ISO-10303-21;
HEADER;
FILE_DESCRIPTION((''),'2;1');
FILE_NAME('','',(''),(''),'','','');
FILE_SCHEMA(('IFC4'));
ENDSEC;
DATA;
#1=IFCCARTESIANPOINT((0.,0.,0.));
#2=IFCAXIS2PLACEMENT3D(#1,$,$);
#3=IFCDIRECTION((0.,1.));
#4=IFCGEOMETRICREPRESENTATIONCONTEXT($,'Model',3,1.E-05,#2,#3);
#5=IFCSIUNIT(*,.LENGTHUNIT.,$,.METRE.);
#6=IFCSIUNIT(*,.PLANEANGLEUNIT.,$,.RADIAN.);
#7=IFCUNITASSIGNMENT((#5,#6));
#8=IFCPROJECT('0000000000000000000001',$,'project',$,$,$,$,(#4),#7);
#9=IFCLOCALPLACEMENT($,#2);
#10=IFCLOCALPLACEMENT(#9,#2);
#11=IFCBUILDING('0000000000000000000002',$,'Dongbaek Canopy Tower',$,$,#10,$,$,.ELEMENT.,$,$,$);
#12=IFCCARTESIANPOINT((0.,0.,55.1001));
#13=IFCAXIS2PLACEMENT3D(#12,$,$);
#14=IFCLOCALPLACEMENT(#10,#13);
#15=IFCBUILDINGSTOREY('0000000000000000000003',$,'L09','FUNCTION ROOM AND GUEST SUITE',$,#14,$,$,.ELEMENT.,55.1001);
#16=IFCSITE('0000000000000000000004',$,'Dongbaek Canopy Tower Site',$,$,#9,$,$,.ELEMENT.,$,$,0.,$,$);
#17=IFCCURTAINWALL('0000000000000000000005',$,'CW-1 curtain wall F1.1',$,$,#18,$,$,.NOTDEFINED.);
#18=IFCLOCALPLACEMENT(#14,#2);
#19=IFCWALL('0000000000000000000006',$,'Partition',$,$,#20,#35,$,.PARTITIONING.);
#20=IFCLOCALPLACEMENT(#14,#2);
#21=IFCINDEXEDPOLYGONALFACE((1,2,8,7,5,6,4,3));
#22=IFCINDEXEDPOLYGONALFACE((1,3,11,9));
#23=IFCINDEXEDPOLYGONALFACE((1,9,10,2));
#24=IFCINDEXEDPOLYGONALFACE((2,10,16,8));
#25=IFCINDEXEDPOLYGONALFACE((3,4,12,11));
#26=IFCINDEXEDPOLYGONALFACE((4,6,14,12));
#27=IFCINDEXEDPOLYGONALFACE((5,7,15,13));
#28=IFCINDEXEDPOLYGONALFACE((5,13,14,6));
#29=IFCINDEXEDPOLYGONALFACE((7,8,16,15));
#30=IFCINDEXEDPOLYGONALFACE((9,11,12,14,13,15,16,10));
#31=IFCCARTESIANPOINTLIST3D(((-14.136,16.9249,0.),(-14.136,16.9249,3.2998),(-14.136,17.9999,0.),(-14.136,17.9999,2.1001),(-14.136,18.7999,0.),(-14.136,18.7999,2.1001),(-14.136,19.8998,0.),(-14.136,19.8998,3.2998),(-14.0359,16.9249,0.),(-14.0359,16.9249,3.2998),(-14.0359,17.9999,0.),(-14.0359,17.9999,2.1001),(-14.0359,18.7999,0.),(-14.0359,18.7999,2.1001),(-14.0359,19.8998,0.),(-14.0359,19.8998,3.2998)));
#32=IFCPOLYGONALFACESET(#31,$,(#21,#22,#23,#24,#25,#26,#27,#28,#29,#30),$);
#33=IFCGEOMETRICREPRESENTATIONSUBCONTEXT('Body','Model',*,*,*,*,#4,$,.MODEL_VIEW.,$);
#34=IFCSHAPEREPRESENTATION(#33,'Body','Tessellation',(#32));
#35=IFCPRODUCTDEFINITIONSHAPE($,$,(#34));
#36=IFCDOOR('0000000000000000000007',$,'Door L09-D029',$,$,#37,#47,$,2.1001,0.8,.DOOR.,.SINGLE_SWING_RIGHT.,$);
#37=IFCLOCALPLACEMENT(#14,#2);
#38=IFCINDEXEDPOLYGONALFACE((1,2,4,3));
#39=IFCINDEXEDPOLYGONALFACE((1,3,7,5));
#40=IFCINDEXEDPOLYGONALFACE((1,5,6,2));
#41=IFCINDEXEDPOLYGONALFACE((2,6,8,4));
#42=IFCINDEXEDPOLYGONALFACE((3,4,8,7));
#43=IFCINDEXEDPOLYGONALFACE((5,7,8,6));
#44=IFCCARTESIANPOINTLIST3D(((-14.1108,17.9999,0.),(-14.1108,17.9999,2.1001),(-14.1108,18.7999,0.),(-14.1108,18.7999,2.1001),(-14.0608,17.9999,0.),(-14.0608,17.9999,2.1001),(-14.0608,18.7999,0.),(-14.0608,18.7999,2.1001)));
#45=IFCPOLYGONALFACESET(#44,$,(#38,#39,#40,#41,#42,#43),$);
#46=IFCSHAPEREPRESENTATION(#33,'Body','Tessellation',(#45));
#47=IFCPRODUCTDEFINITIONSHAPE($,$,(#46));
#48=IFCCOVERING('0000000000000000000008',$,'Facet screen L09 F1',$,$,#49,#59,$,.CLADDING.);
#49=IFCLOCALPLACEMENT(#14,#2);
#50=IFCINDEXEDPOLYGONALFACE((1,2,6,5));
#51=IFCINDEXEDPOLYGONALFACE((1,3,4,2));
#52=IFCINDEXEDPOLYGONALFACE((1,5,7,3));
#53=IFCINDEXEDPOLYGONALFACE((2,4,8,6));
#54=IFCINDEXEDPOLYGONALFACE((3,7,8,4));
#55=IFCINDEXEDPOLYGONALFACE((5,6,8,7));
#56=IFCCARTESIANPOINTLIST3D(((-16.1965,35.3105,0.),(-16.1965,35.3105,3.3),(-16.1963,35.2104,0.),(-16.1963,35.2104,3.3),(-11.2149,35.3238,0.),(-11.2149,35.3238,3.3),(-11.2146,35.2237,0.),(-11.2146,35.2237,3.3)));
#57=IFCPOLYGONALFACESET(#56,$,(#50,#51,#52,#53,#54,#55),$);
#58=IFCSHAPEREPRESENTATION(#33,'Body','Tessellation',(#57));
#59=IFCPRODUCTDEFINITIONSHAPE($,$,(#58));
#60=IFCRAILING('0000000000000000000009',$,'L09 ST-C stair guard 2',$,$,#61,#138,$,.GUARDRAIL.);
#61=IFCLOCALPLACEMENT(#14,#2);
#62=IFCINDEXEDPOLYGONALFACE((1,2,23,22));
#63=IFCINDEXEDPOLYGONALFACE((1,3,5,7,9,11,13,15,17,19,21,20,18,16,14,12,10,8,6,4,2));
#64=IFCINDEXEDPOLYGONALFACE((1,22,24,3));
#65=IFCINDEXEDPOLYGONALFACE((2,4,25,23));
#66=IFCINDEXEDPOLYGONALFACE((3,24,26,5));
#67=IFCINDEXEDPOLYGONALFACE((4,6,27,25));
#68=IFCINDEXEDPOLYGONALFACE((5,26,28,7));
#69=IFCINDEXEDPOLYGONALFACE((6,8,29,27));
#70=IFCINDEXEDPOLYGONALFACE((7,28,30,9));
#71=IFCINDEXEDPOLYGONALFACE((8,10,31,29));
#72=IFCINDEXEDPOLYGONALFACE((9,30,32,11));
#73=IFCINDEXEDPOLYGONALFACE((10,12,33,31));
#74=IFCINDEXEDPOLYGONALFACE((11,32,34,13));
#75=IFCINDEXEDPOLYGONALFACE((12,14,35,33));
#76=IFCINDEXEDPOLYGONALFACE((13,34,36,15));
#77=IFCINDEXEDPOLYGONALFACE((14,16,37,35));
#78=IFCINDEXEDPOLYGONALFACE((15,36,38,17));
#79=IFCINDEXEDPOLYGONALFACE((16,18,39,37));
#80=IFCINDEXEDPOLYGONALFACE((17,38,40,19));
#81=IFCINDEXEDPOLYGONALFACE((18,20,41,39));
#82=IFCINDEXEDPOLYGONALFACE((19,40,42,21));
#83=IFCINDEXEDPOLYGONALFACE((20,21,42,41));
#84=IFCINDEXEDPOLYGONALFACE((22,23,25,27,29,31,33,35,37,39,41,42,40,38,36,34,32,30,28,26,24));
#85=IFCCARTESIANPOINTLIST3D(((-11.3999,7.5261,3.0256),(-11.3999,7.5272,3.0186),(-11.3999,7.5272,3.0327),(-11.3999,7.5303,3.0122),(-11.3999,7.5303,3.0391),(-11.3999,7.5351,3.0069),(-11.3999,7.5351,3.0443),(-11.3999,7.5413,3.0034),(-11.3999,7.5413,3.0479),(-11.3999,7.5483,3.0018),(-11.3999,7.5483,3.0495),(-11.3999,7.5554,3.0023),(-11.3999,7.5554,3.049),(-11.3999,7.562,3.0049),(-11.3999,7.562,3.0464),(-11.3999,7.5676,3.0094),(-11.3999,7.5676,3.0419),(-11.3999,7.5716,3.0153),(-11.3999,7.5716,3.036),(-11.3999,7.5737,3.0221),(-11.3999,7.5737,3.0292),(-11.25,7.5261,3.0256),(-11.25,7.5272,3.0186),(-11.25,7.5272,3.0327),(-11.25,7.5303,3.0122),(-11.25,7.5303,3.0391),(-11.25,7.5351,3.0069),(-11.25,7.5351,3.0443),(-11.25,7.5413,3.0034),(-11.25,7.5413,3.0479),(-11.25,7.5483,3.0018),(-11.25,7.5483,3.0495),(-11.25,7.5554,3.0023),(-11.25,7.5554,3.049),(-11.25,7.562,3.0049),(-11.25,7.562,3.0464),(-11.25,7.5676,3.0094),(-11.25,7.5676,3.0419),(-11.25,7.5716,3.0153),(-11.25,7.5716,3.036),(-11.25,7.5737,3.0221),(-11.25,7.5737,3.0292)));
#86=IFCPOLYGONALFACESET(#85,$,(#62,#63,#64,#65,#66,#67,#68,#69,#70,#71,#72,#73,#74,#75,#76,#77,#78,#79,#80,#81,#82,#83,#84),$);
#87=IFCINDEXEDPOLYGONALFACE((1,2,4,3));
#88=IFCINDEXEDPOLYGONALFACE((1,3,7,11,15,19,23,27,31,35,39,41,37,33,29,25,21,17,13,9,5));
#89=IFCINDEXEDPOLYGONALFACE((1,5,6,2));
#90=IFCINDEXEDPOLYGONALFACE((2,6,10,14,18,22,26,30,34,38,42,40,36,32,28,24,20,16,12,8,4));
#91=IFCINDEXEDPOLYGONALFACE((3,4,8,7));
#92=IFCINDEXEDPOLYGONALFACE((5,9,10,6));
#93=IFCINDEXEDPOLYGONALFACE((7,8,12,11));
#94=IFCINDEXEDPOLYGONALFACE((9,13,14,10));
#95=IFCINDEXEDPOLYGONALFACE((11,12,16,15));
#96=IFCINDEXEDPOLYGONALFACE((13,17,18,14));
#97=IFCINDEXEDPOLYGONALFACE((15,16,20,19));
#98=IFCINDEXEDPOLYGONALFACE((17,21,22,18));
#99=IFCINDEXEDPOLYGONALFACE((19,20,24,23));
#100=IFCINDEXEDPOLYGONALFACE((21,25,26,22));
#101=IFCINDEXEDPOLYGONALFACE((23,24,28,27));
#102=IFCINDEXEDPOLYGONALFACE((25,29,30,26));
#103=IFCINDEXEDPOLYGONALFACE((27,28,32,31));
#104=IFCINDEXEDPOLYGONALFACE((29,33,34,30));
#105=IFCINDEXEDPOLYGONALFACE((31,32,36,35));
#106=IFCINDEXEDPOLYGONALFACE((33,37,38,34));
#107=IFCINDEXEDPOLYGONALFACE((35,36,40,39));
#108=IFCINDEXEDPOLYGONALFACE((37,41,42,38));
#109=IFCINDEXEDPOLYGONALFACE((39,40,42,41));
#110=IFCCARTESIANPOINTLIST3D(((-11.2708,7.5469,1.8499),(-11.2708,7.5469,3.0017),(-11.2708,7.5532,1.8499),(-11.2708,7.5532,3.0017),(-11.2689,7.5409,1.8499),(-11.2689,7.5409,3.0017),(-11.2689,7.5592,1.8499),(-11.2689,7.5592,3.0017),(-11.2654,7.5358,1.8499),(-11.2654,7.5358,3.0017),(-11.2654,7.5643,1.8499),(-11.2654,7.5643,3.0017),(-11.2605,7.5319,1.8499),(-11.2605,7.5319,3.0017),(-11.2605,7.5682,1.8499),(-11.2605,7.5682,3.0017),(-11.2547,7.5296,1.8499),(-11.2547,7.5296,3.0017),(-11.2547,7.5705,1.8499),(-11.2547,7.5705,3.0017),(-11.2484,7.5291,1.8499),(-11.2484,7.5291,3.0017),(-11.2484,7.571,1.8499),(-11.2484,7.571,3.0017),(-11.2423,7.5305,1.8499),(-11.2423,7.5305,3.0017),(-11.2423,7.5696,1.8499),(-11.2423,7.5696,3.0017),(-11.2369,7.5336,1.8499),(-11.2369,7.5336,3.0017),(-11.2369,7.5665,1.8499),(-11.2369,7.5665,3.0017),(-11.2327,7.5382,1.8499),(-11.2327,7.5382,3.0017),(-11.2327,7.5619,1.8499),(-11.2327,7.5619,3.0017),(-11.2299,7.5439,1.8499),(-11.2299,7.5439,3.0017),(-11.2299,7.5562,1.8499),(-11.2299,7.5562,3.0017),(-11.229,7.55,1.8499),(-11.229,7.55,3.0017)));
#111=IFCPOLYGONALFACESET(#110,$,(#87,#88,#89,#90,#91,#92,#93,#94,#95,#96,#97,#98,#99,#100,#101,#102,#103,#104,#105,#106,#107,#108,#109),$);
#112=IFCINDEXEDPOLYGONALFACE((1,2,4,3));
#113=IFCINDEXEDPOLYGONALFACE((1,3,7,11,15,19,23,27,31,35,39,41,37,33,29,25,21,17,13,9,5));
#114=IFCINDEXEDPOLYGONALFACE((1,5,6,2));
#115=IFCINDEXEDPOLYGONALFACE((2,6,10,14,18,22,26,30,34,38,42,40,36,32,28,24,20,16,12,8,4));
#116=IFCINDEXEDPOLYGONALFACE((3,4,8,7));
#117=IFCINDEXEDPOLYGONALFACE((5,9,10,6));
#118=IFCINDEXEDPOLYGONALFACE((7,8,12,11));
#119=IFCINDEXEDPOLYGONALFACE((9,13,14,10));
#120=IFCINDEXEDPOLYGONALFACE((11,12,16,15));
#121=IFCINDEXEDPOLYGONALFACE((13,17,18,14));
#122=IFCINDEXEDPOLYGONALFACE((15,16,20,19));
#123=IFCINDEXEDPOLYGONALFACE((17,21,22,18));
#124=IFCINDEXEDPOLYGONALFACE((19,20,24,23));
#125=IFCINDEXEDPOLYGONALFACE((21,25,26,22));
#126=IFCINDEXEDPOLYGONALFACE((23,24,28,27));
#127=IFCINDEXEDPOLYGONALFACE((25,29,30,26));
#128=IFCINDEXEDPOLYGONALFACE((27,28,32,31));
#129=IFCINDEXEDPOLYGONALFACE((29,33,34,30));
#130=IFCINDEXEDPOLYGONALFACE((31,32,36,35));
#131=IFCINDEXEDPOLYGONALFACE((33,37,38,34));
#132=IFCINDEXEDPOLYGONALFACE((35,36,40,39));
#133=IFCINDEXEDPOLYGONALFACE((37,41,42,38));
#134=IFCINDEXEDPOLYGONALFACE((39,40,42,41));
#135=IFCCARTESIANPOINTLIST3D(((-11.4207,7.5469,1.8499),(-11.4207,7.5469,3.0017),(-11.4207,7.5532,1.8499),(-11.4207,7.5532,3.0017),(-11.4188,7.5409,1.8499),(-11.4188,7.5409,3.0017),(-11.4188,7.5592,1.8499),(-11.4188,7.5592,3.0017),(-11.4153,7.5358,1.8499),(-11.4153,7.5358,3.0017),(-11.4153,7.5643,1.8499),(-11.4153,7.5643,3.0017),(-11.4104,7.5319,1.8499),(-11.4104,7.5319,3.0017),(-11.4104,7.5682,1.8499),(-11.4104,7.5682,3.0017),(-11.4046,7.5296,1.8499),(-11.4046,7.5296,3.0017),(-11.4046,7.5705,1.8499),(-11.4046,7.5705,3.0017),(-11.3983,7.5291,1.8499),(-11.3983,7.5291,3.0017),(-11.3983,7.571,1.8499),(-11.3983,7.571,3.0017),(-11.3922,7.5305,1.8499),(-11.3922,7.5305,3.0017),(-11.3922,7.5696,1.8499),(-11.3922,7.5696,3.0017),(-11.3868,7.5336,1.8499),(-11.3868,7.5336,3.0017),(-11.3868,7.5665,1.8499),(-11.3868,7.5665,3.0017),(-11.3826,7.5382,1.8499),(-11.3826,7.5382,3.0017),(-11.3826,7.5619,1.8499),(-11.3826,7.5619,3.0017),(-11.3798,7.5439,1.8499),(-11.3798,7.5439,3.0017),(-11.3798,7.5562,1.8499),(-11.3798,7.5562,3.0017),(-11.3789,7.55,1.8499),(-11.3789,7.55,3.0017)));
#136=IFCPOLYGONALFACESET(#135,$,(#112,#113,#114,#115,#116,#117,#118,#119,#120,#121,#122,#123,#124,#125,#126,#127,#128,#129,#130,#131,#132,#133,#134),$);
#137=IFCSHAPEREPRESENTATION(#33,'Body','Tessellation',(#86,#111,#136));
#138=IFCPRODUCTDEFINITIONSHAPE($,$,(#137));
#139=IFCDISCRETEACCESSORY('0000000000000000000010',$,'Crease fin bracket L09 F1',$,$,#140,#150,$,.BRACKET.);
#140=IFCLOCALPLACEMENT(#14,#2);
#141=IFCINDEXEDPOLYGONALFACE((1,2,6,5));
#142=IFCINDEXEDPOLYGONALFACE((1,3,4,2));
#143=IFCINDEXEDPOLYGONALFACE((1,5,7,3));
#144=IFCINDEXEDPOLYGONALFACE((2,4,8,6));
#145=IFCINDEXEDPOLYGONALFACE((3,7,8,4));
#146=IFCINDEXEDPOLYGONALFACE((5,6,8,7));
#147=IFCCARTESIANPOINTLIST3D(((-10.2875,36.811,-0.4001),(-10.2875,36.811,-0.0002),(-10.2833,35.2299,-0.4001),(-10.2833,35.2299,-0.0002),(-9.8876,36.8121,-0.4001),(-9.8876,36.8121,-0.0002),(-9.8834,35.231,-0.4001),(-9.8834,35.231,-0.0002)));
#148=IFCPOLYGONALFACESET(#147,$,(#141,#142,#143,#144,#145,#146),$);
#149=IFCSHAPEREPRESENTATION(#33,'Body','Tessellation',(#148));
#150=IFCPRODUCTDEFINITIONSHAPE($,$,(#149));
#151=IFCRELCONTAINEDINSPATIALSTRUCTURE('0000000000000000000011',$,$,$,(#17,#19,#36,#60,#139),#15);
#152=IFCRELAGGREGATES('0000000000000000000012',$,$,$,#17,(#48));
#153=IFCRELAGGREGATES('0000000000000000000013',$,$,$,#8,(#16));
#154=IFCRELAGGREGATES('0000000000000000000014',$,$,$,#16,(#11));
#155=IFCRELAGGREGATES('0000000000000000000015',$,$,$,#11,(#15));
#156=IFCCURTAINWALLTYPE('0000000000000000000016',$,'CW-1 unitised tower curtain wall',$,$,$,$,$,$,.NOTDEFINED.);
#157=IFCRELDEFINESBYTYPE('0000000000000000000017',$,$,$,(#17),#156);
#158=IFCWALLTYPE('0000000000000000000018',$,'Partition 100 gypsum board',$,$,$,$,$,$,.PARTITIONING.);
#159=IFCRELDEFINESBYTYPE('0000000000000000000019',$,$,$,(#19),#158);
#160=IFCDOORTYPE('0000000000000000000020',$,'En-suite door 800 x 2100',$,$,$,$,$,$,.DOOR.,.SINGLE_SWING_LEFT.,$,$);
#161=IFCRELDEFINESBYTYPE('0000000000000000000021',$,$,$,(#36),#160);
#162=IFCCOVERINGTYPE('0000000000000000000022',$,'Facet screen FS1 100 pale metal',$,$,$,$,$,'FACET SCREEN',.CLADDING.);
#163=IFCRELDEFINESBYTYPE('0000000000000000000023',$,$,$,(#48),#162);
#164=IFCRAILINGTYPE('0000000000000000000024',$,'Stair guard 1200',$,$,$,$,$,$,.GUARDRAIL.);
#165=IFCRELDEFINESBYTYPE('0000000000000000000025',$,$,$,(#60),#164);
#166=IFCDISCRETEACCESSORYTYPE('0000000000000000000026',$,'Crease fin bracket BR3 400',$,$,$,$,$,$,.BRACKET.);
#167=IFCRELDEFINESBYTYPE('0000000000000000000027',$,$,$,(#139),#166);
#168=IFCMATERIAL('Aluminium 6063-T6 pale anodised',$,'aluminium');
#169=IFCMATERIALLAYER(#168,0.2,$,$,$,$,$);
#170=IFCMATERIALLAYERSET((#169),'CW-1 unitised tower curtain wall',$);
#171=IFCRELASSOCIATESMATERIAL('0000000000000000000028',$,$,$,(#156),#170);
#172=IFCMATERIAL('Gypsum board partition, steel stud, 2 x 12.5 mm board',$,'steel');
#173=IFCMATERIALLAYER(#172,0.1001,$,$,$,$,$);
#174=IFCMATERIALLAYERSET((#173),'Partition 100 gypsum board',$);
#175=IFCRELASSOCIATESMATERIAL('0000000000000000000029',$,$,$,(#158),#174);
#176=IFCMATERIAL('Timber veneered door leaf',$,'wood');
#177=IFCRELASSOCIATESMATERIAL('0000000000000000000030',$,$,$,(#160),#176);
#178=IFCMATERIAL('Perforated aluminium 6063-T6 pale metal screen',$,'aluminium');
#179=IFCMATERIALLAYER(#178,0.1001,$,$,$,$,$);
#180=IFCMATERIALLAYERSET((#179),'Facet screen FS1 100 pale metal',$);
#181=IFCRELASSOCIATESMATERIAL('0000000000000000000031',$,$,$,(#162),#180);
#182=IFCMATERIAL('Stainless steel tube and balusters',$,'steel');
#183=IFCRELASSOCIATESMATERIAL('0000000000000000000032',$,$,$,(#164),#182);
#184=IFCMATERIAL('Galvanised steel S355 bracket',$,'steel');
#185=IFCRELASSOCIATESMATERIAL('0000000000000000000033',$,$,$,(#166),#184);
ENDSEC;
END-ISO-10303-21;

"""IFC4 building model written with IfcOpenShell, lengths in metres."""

from ifc_helpers import new_model, si_unit, direction, frame, frame_2d, origin, origin_2d, place, context, subcontext, project, spatial, rectangle, circle, extrude, material, layer, layer_set, type_object, element, fill, aggregate, save


model = new_model("IFC4")

# Units and contexts
model_context = context("Model", 3, precision=1e-05, world=origin(), true_north=direction((0.0, 1.0)))
body_context = subcontext(model_context, "Body", "Model", "MODEL_VIEW")
ifc_project = project(units=[si_unit("LENGTHUNIT", "METRE"), si_unit("PLANEANGLEUNIT", "RADIAN")], contexts=[model_context])

# Site, building, storey
site_placement = place(None, origin())
site = spatial("IfcSite", under=ifc_project, at=site_placement, Name="Dongbaek Canopy Tower Site", CompositionType="ELEMENT", RefElevation=0.0)
building_placement = place(site_placement, origin())
building = spatial("IfcBuilding", under=site, at=building_placement, Name="Dongbaek Canopy Tower", CompositionType="ELEMENT")
storey_placement = place(building_placement, frame((0.0, 0.0, 55.1001)))
storey = spatial("IfcBuildingStorey", under=building, at=storey_placement, Name="L09", Description="FUNCTION ROOM AND GUEST SUITE", CompositionType="ELEMENT", Elevation=55.1001)

# Curtain wall
ifc_material_1 = material(Name="Aluminium 6063-T6 pale anodised", Category="aluminium")
ifc_layer_1 = layer(ifc_material_1, 0.2)
ifc_layer_set_1 = layer_set([ifc_layer_1], Name="CW-1 unitised tower curtain wall")
curtain_wall_type = type_object("IfcCurtainWallType", Name="CW-1 unitised tower curtain wall", PredefinedType="NOTDEFINED", material=ifc_layer_set_1)
curtain_wall_placement = place(storey_placement, origin())
curtain_wall = element("IfcCurtainWall", 1, at=curtain_wall_placement, inside=storey, type_object=curtain_wall_type, Name="CW-1 curtain wall F1.1", PredefinedType="NOTDEFINED")

# Shared definitions
ifc_material_2 = material(Name="Gypsum board partition, steel stud, 2 x 12.5 mm board", Category="steel")
ifc_layer_2 = layer(ifc_material_2, 0.1001)
ifc_layer_set_2 = layer_set([ifc_layer_2], Name="Partition 100 gypsum board")
wall_type_1 = type_object("IfcWallType", Name="Partition 100 gypsum board", PredefinedType="PARTITIONING", material=ifc_layer_set_2)

# Wall, opening, door
wall_1_placement = place(storey_placement, frame((-14.0859, 16.925, 0.0), z_axis=(0.0, 0.0, 1.0), x_axis=(0.0, 1.0, 0.0)))
wall_1 = element("IfcWall", 2, at=wall_1_placement, inside=storey, type_object=wall_type_1, Name="Partition", PredefinedType="PARTITIONING", context=body_context, shape_type="SweptSolid", body=[
    extrude(rectangle(XDim=2.9749, YDim=0.1001, at=frame_2d((1.4873, 0.0))), origin(), (0.0, 0.0, 1.0), 3.2998),
])
opening_1_placement = place(wall_1_placement, frame((1.075, 0.0, 0.0)))
opening_1 = element("IfcOpeningElement", 3, at=opening_1_placement, cuts=wall_1, PredefinedType="OPENING", context=body_context, shape_type="SweptSolid", body=[
    extrude(rectangle(XDim=0.8, YDim=2.1001, at=frame_2d((0.3999, 1.05))), frame((0.0, 0.0601, 0.0), z_axis=(0.0, -1.0, 0.0), x_axis=(1.0, 0.0, 0.0)), (0.0, 0.0, 1.0), 0.1201),
])
ifc_material_3 = material(Name="Timber veneered door leaf", Category="wood")
door_type_1 = type_object("IfcDoorType", Name="En-suite door 800 x 2100", OperationType="SINGLE_SWING_LEFT", PredefinedType="DOOR", material=ifc_material_3)
door_1_placement = place(opening_1_placement, origin())
door_1 = element("IfcDoor", 4, at=door_1_placement, inside=storey, type_object=door_type_1, Name="Door L09-D029", OperationType="SINGLE_SWING_RIGHT", OverallHeight=2.1001, OverallWidth=0.8, PredefinedType="DOOR", context=body_context, shape_type="SweptSolid", body=[
    extrude(rectangle(XDim=0.8, YDim=2.1001, at=frame_2d((0.3999, 1.05))), frame((0.0, 0.0249, 0.0), z_axis=(0.0, -1.0, 0.0), x_axis=(1.0, 0.0, 0.0)), (0.0, 0.0, 1.0), 0.05),
])
fill(opening_1, door_1)

# Covering
ifc_material_4 = material(Name="Perforated aluminium 6063-T6 pale metal screen", Category="aluminium")
ifc_layer_3 = layer(ifc_material_4, 0.1001)
ifc_layer_set_3 = layer_set([ifc_layer_3], Name="Facet screen FS1 100 pale metal")
covering_type = type_object("IfcCoveringType", Name="Facet screen FS1 100 pale metal", ElementType="FACET SCREEN", PredefinedType="CLADDING", material=ifc_layer_set_3)
covering_placement = place(storey_placement, frame((-13.7056, 35.2671, 0.0), z_axis=(0.0, 0.0, 1.0), x_axis=(-0.999996, -0.002665, 0.0)))
covering = element("IfcCovering", 5, at=covering_placement, type_object=covering_type, Name="Facet screen L09 F1", PredefinedType="CLADDING", context=body_context, shape_type="SweptSolid", body=[
    extrude(rectangle(XDim=4.9817, YDim=0.1001, at=origin_2d()), origin(), (0.0, 0.0, 1.0), 3.3),
])
aggregate(curtain_wall, [covering])

# Railing
ifc_material_5 = material(Name="Stainless steel tube and balusters", Category="steel")
railing_type = type_object("IfcRailingType", Name="Stair guard 1200", PredefinedType="GUARDRAIL", material=ifc_material_5)
railing_placement = place(storey_placement, frame((-11.25, 7.55, 1.8499)))
element("IfcRailing", 6, at=railing_placement, inside=storey, type_object=railing_type, Name="L09 ST-C stair guard 2", PredefinedType="GUARDRAIL", context=body_context, shape_type="SweptSolid", body=[
    extrude(circle(Radius=0.0239, at=origin_2d()), frame((0.0, 0.0, 1.1758), z_axis=(-1.0, 0.0, 0.0), x_axis=(0.0, -1.0, 0.0)), (0.0, 0.0, 1.0), 0.1499),
    extrude(circle(Radius=0.021, at=origin_2d()), origin(), (0.0, 0.0, 1.0), 1.1519),
    extrude(circle(Radius=0.021, at=origin_2d()), frame((-0.1499, 0.0, 0.0)), (0.0, 0.0, 1.0), 1.1519),
])

# Discrete accessory
ifc_material_6 = material(Name="Galvanised steel S355 bracket", Category="steel")
discrete_accessory_type = type_object("IfcDiscreteAccessoryType", Name="Crease fin bracket BR3 400", PredefinedType="BRACKET", material=ifc_material_6)
discrete_accessory_placement = place(storey_placement, frame((-10.0854, 36.021, -0.4001), z_axis=(0.0, 0.0, 1.0), x_axis=(-0.002665, 0.999996, 0.0)))
element("IfcDiscreteAccessory", 7, at=discrete_accessory_placement, inside=storey, type_object=discrete_accessory_type, Name="Crease fin bracket L09 F1", PredefinedType="BRACKET", context=body_context, shape_type="SweptSolid", body=[
    extrude(rectangle(XDim=1.5811, YDim=0.3999, at=origin_2d()), origin(), (0.0, 0.0, 1.0), 0.3999),
])

save(model, "model.ifc")
